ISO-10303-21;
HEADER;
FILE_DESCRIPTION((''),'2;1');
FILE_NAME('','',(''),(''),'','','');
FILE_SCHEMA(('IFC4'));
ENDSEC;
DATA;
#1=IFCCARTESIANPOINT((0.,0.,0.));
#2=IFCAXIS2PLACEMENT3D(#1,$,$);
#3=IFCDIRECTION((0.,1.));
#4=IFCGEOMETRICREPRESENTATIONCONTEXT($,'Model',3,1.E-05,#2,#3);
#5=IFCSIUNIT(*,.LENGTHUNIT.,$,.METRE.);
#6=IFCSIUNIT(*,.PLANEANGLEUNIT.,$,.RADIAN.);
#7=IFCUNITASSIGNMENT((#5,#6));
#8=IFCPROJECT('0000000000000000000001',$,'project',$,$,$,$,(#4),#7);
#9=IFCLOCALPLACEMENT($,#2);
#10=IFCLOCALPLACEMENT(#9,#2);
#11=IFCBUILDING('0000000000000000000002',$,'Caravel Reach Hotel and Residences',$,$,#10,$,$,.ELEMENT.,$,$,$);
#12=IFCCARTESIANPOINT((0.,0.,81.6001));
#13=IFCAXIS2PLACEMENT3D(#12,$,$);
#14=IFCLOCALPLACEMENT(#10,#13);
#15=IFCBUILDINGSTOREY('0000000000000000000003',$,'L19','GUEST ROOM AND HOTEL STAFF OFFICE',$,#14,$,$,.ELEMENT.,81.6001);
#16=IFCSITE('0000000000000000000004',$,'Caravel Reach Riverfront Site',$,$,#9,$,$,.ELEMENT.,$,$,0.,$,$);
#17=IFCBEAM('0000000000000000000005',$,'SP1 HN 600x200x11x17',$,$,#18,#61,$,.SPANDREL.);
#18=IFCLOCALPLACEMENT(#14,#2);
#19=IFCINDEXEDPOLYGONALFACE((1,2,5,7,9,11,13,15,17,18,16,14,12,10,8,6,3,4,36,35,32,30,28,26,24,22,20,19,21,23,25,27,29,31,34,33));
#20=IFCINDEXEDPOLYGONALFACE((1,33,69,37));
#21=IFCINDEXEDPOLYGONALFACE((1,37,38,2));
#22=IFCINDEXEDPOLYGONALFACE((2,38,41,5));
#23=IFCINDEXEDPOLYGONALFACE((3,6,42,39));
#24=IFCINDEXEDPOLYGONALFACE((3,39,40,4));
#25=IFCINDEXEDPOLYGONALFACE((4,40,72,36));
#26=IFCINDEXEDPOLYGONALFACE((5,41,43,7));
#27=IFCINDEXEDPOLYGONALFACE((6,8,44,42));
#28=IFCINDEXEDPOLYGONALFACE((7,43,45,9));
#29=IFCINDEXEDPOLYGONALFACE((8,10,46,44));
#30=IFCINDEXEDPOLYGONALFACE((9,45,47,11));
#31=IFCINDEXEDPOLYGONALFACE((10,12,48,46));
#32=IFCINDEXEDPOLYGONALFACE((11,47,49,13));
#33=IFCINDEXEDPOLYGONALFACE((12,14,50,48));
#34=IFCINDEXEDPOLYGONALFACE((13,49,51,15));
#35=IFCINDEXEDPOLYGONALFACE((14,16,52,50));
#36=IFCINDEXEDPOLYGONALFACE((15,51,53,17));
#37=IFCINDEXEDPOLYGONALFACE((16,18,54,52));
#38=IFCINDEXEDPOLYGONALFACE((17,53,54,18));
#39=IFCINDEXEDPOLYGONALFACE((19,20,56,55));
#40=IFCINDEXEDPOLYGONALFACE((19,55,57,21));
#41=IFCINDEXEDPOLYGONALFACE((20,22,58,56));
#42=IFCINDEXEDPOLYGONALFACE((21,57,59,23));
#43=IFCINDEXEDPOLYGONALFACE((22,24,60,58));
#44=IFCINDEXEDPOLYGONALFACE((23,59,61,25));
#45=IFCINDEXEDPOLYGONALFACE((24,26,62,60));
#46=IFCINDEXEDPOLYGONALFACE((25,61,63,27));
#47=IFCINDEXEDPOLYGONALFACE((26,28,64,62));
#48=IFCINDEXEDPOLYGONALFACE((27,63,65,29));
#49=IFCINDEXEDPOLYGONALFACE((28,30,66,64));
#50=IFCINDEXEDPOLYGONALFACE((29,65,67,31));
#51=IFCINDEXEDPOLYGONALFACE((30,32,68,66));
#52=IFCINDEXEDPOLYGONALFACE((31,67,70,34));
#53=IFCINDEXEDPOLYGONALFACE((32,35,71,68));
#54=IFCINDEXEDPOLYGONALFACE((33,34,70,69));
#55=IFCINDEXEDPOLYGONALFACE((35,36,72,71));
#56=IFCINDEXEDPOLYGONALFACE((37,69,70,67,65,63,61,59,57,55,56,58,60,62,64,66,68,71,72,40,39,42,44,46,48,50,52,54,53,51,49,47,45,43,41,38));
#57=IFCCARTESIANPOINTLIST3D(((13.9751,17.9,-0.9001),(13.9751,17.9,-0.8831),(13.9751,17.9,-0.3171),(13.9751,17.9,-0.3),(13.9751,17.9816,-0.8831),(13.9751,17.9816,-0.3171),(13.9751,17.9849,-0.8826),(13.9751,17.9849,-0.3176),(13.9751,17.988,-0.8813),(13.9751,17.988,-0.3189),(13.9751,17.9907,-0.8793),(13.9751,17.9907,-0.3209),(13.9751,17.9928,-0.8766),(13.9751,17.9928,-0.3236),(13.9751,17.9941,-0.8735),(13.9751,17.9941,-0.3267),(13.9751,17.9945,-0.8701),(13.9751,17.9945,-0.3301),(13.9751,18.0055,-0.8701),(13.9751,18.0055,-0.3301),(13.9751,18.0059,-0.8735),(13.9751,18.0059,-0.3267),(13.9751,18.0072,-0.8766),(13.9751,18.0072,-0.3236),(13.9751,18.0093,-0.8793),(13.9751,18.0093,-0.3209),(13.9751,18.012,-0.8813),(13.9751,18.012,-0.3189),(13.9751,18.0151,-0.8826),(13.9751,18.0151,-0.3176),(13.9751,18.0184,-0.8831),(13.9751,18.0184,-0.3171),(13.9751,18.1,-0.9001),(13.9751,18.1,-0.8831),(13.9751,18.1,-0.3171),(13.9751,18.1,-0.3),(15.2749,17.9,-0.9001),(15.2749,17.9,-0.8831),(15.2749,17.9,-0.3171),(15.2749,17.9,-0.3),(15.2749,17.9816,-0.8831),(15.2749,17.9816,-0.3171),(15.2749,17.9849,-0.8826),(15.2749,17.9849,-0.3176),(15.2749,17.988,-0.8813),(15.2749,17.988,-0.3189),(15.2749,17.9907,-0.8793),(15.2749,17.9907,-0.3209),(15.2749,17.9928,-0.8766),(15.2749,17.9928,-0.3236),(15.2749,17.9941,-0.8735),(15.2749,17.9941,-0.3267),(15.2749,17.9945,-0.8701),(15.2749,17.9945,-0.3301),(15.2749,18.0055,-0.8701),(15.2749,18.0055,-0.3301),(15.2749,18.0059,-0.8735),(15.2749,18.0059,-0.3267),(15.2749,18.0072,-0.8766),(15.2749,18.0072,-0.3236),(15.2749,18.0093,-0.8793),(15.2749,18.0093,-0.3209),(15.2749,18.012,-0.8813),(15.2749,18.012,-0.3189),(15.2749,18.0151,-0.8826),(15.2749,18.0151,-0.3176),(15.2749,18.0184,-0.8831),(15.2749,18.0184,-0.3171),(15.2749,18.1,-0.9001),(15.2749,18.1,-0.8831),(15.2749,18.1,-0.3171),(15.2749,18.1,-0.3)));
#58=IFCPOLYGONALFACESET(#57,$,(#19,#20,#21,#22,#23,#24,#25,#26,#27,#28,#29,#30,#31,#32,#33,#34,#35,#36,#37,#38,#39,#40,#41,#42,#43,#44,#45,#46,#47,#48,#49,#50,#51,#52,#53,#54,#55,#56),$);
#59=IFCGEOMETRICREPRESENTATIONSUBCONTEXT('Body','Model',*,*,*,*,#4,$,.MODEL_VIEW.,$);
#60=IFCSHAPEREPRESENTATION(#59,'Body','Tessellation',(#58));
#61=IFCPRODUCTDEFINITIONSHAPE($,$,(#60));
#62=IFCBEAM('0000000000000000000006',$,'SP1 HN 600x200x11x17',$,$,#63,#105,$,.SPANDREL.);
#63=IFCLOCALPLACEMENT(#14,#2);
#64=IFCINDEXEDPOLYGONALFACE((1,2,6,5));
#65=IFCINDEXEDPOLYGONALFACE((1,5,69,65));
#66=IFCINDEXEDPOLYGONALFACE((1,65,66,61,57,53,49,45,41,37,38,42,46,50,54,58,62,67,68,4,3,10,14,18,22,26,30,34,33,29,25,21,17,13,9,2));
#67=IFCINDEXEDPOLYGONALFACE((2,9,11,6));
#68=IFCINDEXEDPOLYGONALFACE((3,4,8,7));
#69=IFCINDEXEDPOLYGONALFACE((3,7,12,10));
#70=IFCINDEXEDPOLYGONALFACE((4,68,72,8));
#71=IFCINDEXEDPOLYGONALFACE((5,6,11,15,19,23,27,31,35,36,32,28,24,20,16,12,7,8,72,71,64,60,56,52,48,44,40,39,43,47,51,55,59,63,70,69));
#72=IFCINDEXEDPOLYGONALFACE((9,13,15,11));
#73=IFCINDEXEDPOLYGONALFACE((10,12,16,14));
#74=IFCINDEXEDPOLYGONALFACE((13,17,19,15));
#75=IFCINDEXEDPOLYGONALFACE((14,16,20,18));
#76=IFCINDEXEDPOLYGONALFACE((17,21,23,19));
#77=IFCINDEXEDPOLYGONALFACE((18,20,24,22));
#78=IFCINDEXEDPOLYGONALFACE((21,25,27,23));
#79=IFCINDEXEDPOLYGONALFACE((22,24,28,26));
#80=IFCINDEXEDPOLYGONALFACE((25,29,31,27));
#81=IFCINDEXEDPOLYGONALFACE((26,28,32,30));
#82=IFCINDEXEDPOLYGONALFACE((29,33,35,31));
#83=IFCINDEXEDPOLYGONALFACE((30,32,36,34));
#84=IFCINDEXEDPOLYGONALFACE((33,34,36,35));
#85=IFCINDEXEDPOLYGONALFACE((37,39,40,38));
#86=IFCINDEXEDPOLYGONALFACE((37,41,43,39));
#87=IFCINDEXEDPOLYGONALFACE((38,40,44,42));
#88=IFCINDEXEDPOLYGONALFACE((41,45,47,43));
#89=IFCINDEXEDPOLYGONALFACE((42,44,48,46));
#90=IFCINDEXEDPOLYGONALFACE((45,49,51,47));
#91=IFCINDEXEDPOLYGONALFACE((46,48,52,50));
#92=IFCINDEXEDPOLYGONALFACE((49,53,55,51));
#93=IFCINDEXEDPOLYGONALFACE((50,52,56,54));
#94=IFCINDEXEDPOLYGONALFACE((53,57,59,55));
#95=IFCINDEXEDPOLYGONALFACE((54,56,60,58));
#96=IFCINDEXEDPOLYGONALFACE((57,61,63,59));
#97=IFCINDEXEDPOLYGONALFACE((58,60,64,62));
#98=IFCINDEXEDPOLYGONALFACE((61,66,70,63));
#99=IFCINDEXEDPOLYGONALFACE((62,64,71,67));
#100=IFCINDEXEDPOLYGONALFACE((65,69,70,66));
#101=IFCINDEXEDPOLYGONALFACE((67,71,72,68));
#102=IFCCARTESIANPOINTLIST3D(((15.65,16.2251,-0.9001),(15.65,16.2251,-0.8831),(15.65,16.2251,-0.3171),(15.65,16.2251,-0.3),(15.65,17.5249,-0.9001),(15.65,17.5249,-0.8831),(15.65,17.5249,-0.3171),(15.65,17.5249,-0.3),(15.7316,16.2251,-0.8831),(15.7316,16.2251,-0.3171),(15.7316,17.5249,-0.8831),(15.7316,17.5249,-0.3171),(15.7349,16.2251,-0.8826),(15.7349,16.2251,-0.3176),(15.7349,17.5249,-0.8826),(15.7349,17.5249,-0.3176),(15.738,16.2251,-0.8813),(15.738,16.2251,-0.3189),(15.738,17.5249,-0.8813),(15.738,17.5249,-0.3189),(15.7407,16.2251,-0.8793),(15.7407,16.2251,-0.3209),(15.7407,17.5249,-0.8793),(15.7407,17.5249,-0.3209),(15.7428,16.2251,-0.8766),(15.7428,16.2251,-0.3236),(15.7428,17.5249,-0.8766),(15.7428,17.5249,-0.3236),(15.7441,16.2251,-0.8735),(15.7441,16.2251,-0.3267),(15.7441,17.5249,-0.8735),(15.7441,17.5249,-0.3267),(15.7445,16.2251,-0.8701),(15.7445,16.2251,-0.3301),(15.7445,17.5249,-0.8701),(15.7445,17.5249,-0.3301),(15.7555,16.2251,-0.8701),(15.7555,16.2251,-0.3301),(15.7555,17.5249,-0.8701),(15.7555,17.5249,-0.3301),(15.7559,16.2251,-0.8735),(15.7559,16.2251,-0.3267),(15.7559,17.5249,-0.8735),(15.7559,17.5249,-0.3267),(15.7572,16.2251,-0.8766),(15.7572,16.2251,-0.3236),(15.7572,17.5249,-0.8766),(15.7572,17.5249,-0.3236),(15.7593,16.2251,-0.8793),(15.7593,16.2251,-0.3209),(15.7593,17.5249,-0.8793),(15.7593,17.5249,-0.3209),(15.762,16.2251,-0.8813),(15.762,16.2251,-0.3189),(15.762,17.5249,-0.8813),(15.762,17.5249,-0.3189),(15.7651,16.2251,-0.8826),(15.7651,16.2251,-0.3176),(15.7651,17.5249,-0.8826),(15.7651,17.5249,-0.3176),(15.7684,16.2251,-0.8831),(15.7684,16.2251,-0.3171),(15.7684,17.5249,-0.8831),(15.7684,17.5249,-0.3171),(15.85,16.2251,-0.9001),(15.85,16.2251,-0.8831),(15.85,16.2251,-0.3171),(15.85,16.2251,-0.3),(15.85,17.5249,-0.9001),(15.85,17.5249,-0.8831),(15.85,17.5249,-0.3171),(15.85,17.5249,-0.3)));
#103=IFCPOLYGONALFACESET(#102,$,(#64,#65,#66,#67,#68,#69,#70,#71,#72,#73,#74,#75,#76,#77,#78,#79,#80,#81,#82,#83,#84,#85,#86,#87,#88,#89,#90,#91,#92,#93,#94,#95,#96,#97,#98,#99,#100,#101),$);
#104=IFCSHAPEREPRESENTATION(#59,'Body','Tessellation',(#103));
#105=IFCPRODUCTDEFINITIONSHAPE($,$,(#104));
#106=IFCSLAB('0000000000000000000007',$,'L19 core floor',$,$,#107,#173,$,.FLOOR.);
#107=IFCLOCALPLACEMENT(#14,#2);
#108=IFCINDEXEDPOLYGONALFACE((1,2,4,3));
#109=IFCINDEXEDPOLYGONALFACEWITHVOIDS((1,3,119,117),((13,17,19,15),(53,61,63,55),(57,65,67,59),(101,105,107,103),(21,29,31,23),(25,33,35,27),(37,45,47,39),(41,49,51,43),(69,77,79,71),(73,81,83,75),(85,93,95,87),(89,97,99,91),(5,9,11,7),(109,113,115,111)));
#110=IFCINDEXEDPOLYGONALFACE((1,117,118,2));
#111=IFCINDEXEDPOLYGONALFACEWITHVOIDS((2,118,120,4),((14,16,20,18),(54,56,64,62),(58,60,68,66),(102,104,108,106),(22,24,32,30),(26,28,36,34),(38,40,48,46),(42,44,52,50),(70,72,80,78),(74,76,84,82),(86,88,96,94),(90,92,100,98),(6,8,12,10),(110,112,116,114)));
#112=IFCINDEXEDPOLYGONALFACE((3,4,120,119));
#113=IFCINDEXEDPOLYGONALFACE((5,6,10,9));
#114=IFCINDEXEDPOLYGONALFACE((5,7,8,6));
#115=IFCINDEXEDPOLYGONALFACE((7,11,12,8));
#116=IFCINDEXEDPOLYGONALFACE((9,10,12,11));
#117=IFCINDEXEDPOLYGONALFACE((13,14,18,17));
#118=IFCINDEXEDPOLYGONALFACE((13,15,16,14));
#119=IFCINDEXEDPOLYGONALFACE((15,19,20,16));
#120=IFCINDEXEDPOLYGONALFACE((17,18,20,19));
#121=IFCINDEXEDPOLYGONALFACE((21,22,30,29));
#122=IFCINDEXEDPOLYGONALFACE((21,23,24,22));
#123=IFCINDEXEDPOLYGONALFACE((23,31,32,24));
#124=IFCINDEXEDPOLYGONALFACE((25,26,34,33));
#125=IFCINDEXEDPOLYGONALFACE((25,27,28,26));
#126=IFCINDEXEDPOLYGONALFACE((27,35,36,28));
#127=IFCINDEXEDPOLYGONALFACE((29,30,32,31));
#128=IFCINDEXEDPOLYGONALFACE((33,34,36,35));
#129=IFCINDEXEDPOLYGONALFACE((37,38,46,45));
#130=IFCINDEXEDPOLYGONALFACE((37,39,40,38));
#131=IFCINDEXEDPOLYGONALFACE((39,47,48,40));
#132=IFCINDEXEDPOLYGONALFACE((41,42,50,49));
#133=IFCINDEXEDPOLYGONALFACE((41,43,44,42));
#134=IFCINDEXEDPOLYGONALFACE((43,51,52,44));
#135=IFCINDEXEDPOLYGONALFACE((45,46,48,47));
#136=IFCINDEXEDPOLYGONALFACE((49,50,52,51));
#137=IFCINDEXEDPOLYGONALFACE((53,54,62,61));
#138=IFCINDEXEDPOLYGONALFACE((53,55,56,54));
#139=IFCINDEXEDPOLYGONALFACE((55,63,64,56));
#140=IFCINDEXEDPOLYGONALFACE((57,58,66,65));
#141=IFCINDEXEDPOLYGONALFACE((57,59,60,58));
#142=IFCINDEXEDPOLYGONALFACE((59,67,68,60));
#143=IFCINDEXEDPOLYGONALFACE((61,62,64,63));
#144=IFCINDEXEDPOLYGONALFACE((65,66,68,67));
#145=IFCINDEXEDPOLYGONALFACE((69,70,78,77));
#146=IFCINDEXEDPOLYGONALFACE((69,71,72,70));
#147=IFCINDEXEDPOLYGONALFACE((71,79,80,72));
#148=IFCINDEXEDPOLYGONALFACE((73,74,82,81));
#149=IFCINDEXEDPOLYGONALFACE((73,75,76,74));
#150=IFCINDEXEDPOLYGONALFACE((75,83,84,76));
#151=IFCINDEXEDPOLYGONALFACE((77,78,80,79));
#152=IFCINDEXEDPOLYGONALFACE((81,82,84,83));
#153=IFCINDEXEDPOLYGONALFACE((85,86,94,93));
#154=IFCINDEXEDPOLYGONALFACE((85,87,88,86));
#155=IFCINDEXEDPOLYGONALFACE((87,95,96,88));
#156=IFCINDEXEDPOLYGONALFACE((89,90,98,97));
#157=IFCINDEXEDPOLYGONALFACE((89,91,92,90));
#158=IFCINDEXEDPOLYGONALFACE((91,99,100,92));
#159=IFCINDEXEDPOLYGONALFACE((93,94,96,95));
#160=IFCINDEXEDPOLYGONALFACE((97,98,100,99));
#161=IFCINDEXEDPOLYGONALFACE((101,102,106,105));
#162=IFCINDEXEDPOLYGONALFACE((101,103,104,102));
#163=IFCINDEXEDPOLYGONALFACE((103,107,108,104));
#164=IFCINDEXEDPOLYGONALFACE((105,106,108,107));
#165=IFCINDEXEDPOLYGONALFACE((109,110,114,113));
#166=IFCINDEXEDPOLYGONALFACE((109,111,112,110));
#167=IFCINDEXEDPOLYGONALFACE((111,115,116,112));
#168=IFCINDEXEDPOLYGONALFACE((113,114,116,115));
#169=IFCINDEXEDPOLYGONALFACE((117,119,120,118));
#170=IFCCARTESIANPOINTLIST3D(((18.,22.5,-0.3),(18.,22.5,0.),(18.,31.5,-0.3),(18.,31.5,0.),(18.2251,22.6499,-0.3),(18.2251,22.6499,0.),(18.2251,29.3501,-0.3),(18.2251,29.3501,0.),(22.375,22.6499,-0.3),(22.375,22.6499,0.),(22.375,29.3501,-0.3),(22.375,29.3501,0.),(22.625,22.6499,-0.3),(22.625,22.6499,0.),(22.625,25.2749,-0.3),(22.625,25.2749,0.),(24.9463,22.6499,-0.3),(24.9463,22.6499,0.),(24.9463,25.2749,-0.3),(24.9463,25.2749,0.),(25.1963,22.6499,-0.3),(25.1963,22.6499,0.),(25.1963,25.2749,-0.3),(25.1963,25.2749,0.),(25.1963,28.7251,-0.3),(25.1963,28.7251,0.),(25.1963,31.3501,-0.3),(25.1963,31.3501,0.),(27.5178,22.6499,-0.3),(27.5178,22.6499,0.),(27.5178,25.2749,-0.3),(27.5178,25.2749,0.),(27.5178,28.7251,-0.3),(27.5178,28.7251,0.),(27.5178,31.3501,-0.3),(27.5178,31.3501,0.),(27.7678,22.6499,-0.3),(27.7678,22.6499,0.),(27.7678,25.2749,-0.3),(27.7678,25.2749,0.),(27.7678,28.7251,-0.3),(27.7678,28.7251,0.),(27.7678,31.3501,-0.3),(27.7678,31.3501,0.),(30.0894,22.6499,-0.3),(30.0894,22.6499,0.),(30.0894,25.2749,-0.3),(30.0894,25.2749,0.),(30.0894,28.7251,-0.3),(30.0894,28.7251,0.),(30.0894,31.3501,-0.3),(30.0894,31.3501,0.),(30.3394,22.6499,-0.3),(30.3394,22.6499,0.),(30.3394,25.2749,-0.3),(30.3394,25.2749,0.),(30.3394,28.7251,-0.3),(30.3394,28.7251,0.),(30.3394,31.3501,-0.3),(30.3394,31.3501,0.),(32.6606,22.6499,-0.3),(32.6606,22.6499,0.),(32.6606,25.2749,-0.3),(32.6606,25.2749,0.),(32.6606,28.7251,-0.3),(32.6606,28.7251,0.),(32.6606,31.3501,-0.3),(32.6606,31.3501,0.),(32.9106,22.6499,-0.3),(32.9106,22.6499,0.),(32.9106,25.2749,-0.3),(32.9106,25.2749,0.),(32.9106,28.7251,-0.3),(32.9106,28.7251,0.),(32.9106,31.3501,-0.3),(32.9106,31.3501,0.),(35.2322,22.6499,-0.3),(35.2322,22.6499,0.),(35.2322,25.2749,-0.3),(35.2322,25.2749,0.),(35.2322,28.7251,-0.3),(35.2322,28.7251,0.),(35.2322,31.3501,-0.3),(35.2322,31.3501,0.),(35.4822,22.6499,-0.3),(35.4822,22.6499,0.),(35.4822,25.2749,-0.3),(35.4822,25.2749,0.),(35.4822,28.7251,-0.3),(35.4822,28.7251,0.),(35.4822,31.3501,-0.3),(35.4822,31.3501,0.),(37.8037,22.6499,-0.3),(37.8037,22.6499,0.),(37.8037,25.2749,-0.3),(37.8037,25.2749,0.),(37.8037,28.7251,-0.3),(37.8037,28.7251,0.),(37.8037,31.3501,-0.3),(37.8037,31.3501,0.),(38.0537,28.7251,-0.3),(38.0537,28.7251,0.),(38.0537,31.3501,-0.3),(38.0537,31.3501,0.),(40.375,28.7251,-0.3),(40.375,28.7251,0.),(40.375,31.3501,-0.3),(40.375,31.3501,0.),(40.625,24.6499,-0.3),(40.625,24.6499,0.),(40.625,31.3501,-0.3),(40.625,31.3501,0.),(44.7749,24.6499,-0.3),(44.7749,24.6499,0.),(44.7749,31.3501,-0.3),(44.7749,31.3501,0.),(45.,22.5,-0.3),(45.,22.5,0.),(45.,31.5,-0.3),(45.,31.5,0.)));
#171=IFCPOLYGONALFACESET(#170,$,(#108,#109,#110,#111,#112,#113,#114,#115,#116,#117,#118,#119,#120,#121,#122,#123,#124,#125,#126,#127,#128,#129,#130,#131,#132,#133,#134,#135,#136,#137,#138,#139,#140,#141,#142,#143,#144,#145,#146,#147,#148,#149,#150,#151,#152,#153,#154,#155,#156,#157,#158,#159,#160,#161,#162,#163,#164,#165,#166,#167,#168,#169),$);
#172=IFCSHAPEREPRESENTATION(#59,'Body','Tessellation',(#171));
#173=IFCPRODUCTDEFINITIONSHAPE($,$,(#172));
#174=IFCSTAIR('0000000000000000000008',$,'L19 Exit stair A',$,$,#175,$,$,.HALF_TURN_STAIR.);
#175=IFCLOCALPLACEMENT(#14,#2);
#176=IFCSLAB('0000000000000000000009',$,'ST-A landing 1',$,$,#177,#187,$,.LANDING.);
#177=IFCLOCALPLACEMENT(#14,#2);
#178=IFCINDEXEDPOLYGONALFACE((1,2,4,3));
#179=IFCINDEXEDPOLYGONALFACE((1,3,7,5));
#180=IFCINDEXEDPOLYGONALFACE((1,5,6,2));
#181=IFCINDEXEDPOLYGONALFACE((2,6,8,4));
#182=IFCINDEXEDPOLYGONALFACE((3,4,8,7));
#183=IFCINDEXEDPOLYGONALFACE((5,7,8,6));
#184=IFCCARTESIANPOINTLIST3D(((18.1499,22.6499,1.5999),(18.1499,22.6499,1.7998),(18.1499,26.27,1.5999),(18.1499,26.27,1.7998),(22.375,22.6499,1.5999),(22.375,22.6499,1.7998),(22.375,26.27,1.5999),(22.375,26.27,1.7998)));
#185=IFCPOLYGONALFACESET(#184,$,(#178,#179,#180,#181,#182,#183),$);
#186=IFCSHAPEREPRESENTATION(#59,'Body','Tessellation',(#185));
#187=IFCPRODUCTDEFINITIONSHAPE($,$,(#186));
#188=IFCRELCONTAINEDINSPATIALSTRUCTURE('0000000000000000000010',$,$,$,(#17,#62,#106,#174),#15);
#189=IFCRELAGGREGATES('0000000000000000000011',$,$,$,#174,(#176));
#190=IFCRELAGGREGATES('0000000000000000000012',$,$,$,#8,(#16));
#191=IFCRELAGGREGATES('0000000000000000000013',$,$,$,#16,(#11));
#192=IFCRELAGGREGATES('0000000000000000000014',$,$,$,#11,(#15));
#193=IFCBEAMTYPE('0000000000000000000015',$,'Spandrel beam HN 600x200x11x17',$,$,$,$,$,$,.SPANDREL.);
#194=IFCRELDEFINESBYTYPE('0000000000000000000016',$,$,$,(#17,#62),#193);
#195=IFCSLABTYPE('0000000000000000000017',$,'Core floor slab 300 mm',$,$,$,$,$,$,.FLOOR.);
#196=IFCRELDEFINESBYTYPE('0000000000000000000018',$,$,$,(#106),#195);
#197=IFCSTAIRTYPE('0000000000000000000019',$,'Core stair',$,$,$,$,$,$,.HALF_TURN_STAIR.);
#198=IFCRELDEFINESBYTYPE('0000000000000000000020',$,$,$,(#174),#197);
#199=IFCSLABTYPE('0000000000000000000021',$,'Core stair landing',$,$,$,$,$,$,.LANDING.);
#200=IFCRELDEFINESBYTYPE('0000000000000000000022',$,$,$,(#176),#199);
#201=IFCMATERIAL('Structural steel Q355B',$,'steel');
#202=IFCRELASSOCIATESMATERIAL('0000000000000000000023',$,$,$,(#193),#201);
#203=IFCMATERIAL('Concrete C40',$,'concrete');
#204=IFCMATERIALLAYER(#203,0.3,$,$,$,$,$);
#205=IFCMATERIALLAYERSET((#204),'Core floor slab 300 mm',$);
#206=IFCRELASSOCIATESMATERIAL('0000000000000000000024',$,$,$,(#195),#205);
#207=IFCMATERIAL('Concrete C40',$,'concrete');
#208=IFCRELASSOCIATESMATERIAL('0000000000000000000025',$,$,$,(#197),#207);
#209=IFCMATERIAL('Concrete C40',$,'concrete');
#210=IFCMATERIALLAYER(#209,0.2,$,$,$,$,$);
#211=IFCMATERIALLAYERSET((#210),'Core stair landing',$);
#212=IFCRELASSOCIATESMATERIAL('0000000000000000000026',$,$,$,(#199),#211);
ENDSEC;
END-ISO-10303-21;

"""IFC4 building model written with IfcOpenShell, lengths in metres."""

from ifc_helpers import new_model, si_unit, direction, frame, origin, origin_2d, place, context, subcontext, project, spatial, polyline, i_section, outline, extrude, material, layer, layer_set, material_profile, profile_set, type_object, element, aggregate, save


model = new_model("IFC4")

# Units and contexts
model_context = context("Model", 3, precision=1e-05, world=origin(), true_north=direction((0.0, 1.0)))
body_context = subcontext(model_context, "Body", "Model", "MODEL_VIEW")
ifc_project = project(units=[si_unit("LENGTHUNIT", "METRE"), si_unit("PLANEANGLEUNIT", "RADIAN")], contexts=[model_context])

# Site, building, storey
site_placement = place(None, origin())
site = spatial("IfcSite", under=ifc_project, at=site_placement, Name="Caravel Reach Riverfront Site", CompositionType="ELEMENT", RefElevation=0.0)
building_placement = place(site_placement, origin())
building = spatial("IfcBuilding", under=site, at=building_placement, Name="Caravel Reach Hotel and Residences", CompositionType="ELEMENT")
storey_placement = place(building_placement, frame((0.0, 0.0, 81.6001)))
storey = spatial("IfcBuildingStorey", under=building, at=storey_placement, Name="L19", Description="GUEST ROOM AND HOTEL STAFF OFFICE", CompositionType="ELEMENT", Elevation=81.6001)

# Beams
ifc_material_1 = material(Name="Structural steel Q355B", Category="steel")
ifc_material_profile_1 = material_profile(ifc_material_1, i_section(OverallWidth=0.2, OverallDepth=0.6001, WebThickness=0.011, FlangeThickness=0.0171, FilletRadius=0.0129, at=origin_2d()), Name="HN 600x200x11x17")
ifc_profile_set_1 = profile_set([ifc_material_profile_1], Name="Structural steel Q355B")
beam_type_1 = type_object("IfcBeamType", Name="Spandrel beam HN 600x200x11x17", PredefinedType="SPANDREL", material=ifc_profile_set_1)
for number, where, z_axis, x_axis, name in (
    (1, (13.9751, 18.0, -0.6001), (1.0, 0.0, 0.0), (0.0, 1.0, 0.0), "SP1 HN 600x200x11x17"),
    (2, (15.75, 17.5249, -0.6001), (0.0, -1.0, 0.0), (1.0, 0.0, 0.0), "SP1 HN 600x200x11x17"),
):
    element("IfcBeam", number, at=place(storey_placement, frame(where, z_axis=z_axis, x_axis=x_axis)), inside=storey, type_object=beam_type_1, Name=name, PredefinedType="SPANDREL", context=body_context, shape_type="SweptSolid", body=[
        extrude(i_section(OverallWidth=0.2, OverallDepth=0.6001, WebThickness=0.011, FlangeThickness=0.0171, FilletRadius=0.0129, at=origin_2d()), origin(), (0.0, 0.0, 1.0), 1.2998),
    ])

# Slab
ifc_material_2 = material(Name="Concrete C40", Category="concrete")
ifc_layer_1 = layer(ifc_material_2, 0.3)
ifc_layer_set_1 = layer_set([ifc_layer_1], Name="Core floor slab 300 mm")
slab_type_1 = type_object("IfcSlabType", Name="Core floor slab 300 mm", PredefinedType="FLOOR", material=ifc_layer_set_1)
slab_1_placement = place(storey_placement, frame((0.0, 0.0, -0.3)))
element("IfcSlab", 3, at=slab_1_placement, inside=storey, type_object=slab_type_1, Name="L19 core floor", PredefinedType="FLOOR", context=body_context, shape_type="SweptSolid", body=[
    extrude(outline(polyline([(18.0, 31.5), (45.0, 31.5), (45.0, 22.5), (18.0, 22.5), (18.0, 31.5)]), holes=[polyline([(22.625, 25.2749), (22.625, 22.6499), (24.9463, 22.6499), (24.9463, 25.2749), (22.625, 25.2749)]), polyline([(27.5178, 25.2749), (25.1963, 25.2749), (25.1963, 22.6499), (27.5178, 22.6499), (27.5178, 25.2749)]), polyline([(30.0894, 25.2749), (27.7678, 25.2749), (27.7678, 22.6499), (30.0894, 22.6499), (30.0894, 25.2749)]), polyline([(32.6606, 25.2749), (30.3394, 25.2749), (30.3394, 22.6499), (32.6606, 22.6499), (32.6606, 25.2749)]), polyline([(18.2251, 22.6499), (22.375, 22.6499), (22.375, 29.3501), (18.2251, 29.3501), (18.2251, 22.6499)]), polyline([(27.5178, 31.3501), (25.1963, 31.3501), (25.1963, 28.7251), (27.5178, 28.7251), (27.5178, 31.3501)]), polyline([(30.0894, 31.3501), (27.7678, 31.3501), (27.7678, 28.7251), (30.0894, 28.7251), (30.0894, 31.3501)]), polyline([(32.9106, 25.2749), (32.9106, 22.6499), (35.2322, 22.6499), (35.2322, 25.2749), (32.9106, 25.2749)]), polyline([(37.8037, 25.2749), (35.4822, 25.2749), (35.4822, 22.6499), (37.8037, 22.6499), (37.8037, 25.2749)]), polyline([(44.7749, 31.3501), (40.625, 31.3501), (40.625, 24.6499), (44.7749, 24.6499), (44.7749, 31.3501)]), polyline([(32.6606, 31.3501), (30.3394, 31.3501), (30.3394, 28.7251), (32.6606, 28.7251), (32.6606, 31.3501)]), polyline([(35.2322, 31.3501), (32.9106, 31.3501), (32.9106, 28.7251), (35.2322, 28.7251), (35.2322, 31.3501)]), polyline([(37.8037, 31.3501), (35.4822, 31.3501), (35.4822, 28.7251), (37.8037, 28.7251), (37.8037, 31.3501)]), polyline([(40.375, 31.3501), (38.0537, 31.3501), (38.0537, 28.7251), (40.375, 28.7251), (40.375, 31.3501)])]), origin(), (0.0, 0.0, 1.0), 0.3),
])

# Stair, slab
ifc_material_3 = material(Name="Concrete C40", Category="concrete")
stair_type = type_object("IfcStairType", Name="Core stair", PredefinedType="HALF_TURN_STAIR", material=ifc_material_3)
stair_1_placement = place(storey_placement, origin())
stair_1 = element("IfcStair", 4, at=stair_1_placement, inside=storey, type_object=stair_type, Name="L19 Exit stair A", PredefinedType="HALF_TURN_STAIR")
ifc_material_4 = material(Name="Concrete C40", Category="concrete")
ifc_layer_2 = layer(ifc_material_4, 0.2)
ifc_layer_set_2 = layer_set([ifc_layer_2], Name="Core stair landing")
slab_type_2 = type_object("IfcSlabType", Name="Core stair landing", PredefinedType="LANDING", material=ifc_layer_set_2)
slab_2_placement = place(storey_placement, frame((0.0, 0.0, 1.5999)))
slab_2 = element("IfcSlab", 5, at=slab_2_placement, type_object=slab_type_2, Name="ST-A landing 1", PredefinedType="LANDING", context=body_context, shape_type="SweptSolid", body=[
    extrude(outline(polyline([(18.1499, 26.27), (18.1499, 22.6499), (22.375, 22.6499), (22.375, 26.27), (18.1499, 26.27)])), origin(), (0.0, 0.0, 1.0), 0.2),
])
aggregate(stair_1, [slab_2])

save(model, "model.ifc")
